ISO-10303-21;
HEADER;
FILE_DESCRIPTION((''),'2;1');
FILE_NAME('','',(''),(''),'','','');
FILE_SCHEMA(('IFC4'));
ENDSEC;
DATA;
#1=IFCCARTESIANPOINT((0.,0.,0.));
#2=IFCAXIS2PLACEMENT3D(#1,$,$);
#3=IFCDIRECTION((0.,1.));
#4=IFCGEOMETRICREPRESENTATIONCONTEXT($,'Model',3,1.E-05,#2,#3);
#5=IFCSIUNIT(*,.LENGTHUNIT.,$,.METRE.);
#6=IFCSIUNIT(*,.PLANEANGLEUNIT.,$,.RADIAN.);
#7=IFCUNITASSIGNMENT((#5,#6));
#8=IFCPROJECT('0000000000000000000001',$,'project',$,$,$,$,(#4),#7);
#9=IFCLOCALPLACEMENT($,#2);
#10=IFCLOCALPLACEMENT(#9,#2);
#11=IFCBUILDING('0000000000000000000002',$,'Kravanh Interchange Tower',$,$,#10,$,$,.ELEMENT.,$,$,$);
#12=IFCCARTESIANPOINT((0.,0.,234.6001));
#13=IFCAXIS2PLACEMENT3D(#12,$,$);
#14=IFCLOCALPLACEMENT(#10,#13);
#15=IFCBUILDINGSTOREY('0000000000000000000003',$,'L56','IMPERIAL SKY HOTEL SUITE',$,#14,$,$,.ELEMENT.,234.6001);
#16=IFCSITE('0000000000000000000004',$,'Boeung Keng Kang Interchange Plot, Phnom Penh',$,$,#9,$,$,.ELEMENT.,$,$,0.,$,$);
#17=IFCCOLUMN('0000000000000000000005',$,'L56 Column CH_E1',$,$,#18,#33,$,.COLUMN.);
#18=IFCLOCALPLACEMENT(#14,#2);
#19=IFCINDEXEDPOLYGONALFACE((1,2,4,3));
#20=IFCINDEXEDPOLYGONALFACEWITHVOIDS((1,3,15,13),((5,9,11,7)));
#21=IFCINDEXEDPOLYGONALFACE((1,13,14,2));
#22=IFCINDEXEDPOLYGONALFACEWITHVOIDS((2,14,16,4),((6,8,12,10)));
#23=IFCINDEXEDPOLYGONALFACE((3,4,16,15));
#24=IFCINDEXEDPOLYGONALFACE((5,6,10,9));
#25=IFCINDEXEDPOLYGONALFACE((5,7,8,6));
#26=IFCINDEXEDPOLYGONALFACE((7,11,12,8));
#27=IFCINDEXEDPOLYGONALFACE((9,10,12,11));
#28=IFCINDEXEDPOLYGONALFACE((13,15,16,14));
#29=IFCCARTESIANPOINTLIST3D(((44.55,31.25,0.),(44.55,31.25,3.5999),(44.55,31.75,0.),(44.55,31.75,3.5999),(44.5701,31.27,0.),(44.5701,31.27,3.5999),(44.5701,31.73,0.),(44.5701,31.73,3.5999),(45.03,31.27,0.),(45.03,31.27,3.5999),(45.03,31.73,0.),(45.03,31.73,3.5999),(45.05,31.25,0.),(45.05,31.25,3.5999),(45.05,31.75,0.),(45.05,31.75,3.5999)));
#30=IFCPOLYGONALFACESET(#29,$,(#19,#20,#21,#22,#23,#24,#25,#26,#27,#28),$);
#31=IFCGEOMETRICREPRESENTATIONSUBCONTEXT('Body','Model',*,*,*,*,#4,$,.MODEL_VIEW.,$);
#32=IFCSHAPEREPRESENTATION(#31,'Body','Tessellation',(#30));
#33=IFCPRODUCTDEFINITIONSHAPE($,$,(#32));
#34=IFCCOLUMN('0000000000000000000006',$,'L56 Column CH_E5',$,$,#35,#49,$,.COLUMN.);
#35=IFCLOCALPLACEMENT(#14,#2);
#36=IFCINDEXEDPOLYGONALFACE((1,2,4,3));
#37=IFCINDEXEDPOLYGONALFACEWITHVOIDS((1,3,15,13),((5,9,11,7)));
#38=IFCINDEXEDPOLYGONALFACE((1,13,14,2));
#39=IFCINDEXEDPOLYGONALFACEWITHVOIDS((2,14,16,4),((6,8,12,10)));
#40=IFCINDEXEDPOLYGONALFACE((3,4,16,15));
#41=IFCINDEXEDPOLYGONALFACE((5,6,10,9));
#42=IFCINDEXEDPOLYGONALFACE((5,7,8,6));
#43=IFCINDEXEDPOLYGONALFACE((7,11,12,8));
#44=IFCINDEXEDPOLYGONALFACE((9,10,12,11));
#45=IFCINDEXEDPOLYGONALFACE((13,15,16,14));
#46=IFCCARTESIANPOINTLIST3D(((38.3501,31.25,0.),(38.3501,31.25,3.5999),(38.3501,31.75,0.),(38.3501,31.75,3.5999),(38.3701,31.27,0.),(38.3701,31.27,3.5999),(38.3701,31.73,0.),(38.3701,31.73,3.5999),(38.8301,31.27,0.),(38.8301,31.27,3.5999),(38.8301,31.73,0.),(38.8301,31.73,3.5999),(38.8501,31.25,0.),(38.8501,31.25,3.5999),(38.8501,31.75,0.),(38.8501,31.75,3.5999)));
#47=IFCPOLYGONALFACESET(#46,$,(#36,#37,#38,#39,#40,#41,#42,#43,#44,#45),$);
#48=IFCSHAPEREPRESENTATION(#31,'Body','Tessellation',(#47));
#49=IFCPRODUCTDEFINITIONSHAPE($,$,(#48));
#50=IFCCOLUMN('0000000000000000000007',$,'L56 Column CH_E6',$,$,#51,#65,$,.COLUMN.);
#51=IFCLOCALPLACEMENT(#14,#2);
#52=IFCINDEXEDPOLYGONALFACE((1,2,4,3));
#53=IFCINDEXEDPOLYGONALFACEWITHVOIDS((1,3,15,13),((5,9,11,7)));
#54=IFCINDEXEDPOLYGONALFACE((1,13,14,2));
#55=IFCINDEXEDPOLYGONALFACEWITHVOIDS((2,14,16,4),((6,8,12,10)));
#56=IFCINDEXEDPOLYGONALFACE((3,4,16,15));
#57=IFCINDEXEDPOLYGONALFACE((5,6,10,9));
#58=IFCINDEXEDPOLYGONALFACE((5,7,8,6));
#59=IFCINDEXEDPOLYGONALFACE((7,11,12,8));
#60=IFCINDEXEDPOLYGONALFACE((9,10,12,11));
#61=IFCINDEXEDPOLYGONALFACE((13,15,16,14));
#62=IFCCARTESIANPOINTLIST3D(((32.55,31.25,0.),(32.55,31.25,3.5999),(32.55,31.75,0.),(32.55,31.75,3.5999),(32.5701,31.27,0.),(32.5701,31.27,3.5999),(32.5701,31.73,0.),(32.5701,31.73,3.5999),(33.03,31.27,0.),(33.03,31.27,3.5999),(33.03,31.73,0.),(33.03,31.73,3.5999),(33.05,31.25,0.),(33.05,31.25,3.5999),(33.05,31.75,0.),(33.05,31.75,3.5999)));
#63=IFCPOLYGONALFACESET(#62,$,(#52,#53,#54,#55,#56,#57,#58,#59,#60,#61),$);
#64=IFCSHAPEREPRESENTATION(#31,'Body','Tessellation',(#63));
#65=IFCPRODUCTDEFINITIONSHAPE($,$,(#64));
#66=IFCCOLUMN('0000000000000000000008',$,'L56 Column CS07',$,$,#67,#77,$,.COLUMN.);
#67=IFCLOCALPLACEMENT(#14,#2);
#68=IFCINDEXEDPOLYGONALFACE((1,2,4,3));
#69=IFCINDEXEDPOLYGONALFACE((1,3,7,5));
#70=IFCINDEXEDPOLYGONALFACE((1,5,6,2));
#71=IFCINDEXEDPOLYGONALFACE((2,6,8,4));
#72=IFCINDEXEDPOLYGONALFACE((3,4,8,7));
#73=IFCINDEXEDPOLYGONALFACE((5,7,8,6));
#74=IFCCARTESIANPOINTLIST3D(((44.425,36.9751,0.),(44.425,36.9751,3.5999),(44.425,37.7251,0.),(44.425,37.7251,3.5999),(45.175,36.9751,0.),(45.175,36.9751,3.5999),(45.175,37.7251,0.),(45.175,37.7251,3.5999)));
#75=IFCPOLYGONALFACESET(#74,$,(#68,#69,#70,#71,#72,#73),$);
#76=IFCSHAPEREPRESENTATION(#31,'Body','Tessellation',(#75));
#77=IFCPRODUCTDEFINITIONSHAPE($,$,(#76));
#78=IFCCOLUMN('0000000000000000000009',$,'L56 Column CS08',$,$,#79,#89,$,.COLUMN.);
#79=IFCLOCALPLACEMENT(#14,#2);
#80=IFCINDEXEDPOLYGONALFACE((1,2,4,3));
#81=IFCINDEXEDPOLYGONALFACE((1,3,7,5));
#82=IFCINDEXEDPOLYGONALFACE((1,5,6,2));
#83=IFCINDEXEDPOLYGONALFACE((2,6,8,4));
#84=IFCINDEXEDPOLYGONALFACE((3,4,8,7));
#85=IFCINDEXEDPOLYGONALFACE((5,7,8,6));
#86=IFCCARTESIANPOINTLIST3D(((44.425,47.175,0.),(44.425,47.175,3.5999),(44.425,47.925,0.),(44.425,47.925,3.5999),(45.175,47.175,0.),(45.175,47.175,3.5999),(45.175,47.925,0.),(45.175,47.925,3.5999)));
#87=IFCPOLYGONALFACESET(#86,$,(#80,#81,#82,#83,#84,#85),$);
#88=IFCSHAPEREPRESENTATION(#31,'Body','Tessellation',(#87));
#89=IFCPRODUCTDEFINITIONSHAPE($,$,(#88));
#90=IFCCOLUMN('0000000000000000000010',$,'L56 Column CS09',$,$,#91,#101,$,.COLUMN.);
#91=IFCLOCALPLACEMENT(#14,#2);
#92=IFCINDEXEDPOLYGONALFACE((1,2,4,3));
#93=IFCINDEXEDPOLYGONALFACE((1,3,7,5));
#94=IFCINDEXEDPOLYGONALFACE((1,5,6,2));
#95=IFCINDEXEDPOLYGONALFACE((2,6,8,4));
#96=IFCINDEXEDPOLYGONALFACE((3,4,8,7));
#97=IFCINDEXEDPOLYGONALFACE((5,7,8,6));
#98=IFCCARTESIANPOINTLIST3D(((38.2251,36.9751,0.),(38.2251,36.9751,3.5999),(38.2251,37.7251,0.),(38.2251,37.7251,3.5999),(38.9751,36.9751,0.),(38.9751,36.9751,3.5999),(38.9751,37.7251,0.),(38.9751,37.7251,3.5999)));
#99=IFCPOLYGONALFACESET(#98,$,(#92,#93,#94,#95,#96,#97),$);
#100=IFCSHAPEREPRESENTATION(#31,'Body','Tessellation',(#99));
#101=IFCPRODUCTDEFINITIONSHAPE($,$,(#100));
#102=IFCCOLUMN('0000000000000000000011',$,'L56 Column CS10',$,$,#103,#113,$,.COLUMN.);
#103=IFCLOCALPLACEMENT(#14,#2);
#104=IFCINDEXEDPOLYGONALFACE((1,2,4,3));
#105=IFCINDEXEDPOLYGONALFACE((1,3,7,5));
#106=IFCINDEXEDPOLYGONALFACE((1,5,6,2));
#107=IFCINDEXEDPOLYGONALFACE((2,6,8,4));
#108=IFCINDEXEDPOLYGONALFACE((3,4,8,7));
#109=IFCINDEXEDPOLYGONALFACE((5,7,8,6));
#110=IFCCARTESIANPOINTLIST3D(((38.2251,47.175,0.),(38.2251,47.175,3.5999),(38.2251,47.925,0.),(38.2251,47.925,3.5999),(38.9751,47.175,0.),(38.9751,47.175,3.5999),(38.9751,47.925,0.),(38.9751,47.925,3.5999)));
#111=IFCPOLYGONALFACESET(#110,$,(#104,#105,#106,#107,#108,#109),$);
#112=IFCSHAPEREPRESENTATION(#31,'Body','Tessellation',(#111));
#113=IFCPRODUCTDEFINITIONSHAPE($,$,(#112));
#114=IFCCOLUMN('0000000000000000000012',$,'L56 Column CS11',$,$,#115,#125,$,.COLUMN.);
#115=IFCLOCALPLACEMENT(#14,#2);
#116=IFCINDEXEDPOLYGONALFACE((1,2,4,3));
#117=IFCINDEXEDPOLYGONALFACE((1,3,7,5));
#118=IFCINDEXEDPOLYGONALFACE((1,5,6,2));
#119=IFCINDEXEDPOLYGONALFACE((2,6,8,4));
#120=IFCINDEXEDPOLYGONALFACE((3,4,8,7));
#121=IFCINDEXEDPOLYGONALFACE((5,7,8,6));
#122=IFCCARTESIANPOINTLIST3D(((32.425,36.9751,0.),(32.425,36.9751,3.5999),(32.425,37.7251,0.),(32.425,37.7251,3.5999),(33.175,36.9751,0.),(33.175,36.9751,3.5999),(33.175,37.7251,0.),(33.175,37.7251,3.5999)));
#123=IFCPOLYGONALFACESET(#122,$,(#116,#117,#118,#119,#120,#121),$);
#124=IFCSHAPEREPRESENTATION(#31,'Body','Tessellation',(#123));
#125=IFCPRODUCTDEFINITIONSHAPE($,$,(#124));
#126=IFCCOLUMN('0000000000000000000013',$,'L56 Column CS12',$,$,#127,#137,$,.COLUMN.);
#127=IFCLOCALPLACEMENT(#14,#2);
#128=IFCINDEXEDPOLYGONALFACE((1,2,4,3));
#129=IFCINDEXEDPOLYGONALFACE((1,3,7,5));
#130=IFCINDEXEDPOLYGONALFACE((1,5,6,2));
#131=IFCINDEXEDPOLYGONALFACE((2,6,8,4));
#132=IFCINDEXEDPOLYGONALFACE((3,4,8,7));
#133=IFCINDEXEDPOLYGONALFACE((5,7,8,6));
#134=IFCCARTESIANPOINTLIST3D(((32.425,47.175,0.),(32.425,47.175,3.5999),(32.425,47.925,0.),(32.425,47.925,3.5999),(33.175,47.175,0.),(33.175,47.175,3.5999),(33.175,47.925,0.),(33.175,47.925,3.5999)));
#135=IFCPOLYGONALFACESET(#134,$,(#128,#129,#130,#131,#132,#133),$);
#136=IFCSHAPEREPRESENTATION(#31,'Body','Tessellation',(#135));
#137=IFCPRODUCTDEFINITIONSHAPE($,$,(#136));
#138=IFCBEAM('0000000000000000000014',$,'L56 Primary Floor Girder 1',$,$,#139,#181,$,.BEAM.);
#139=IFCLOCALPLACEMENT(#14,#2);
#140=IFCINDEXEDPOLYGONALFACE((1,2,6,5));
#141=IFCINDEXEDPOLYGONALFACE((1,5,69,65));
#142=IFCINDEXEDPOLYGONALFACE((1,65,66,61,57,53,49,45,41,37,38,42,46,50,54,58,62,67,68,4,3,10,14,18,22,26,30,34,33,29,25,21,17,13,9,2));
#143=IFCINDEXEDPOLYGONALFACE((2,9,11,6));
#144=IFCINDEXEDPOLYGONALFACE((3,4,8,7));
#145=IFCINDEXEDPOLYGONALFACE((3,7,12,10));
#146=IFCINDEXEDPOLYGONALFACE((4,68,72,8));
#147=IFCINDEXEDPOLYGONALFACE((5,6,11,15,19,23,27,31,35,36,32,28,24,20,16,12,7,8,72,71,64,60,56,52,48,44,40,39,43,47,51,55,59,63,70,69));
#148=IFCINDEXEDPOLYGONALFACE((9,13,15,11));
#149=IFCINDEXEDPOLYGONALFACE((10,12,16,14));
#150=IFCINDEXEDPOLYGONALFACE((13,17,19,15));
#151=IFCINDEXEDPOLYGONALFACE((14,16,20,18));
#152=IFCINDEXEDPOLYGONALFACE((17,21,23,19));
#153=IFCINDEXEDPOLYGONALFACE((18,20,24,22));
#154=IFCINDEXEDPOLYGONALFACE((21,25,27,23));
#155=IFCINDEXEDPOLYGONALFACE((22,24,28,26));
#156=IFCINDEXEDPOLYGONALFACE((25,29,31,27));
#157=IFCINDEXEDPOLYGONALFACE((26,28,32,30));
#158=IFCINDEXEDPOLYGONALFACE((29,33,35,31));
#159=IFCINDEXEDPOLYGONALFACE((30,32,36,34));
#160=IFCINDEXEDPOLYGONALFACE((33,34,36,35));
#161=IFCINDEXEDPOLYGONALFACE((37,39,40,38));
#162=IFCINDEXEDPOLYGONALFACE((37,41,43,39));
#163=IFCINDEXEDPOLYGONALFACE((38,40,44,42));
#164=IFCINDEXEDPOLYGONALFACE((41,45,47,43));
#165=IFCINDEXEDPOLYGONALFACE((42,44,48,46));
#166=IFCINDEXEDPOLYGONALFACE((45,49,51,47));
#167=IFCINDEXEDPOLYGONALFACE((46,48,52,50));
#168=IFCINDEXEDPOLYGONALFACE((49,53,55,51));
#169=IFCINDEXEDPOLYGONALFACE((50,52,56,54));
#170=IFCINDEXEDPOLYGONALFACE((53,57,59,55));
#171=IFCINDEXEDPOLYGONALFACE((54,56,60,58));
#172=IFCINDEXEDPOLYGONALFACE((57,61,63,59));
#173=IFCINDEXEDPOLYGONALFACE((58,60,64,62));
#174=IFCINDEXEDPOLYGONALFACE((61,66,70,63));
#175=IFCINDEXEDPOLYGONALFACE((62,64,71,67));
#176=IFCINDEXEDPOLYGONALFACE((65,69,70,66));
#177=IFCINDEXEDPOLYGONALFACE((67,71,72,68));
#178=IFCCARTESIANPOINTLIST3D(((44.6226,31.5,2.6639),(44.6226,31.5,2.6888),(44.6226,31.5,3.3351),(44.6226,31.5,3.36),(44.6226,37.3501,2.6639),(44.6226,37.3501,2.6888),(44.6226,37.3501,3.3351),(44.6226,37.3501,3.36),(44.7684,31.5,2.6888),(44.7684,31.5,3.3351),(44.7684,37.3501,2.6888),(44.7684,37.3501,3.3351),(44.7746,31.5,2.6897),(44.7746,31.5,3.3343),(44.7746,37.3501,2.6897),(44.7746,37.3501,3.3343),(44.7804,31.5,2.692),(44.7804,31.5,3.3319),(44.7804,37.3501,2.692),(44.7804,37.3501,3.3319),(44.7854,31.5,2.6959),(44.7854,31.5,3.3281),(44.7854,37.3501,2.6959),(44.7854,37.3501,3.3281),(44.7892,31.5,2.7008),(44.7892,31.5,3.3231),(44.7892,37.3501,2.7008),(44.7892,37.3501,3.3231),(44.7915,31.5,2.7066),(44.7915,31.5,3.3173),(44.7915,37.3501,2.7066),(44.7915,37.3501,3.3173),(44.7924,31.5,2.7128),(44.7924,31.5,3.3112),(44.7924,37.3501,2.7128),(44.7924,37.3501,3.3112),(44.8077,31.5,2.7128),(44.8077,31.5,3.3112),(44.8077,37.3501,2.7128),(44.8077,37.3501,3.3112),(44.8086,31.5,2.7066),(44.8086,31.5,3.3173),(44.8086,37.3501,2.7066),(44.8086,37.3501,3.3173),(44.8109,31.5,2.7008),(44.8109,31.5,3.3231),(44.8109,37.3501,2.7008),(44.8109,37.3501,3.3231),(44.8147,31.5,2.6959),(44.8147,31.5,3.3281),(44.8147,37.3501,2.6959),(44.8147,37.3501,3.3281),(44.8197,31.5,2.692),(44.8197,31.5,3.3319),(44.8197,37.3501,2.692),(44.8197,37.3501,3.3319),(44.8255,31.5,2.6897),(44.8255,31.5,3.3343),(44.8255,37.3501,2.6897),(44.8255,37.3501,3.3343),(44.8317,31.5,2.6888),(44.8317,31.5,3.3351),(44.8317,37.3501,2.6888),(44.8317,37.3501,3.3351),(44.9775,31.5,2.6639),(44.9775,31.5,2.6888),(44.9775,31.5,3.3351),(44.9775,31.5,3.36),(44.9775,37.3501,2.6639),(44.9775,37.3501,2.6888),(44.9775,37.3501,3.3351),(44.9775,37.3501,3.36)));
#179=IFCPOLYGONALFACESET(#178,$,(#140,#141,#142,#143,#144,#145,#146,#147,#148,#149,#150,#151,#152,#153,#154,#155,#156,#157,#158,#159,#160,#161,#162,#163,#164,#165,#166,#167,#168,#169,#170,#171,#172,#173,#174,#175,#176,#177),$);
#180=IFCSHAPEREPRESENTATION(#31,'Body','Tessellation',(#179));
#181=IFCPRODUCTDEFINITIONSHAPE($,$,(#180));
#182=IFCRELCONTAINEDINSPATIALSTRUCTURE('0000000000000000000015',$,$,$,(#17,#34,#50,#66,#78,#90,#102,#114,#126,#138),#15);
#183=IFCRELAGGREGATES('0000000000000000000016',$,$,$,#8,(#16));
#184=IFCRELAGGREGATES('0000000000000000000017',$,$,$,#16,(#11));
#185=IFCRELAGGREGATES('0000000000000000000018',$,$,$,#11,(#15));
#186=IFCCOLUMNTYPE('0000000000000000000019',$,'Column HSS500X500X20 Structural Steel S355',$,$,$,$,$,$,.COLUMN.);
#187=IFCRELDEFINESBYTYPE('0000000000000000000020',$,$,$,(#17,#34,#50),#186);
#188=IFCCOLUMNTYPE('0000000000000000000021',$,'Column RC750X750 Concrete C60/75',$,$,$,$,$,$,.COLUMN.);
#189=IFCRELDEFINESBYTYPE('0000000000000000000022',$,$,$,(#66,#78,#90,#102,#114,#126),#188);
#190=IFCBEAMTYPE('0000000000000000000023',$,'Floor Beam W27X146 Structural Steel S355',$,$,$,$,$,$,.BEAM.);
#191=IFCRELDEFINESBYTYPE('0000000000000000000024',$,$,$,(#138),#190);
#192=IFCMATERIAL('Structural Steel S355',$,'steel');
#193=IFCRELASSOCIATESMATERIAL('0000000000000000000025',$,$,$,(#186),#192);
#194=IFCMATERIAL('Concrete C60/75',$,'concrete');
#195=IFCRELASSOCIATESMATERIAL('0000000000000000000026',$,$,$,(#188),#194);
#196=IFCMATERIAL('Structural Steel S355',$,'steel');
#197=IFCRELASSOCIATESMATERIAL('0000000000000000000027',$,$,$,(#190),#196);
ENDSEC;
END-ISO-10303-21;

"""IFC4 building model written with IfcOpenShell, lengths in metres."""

from ifc_helpers import new_model, si_unit, direction, frame, origin, origin_2d, place, context, subcontext, project, spatial, rectangle, hollow_rectangle, i_section, extrude, material, material_profile, profile_set, type_object, element, save


model = new_model("IFC4")

# Units and contexts
model_context = context("Model", 3, precision=1e-05, world=origin(), true_north=direction((0.0, 1.0)))
body_context = subcontext(model_context, "Body", "Model", "MODEL_VIEW")
ifc_project = project(units=[si_unit("LENGTHUNIT", "METRE"), si_unit("PLANEANGLEUNIT", "RADIAN")], contexts=[model_context])

# Site, building, storey
site_placement = place(None, origin())
site = spatial("IfcSite", under=ifc_project, at=site_placement, Name="Boeung Keng Kang Interchange Plot, Phnom Penh", CompositionType="ELEMENT", RefElevation=0.0)
building_placement = place(site_placement, origin())
building = spatial("IfcBuilding", under=site, at=building_placement, Name="Kravanh Interchange Tower", CompositionType="ELEMENT")
storey_placement = place(building_placement, frame((0.0, 0.0, 234.6001)))
storey = spatial("IfcBuildingStorey", under=building, at=storey_placement, Name="L56", Description="IMPERIAL SKY HOTEL SUITE", CompositionType="ELEMENT", Elevation=234.6001)

# Columns
ifc_material_1 = material(Name="Structural Steel S355", Category="steel")
ifc_material_profile_1 = material_profile(ifc_material_1, hollow_rectangle(XDim=0.5, YDim=0.5, WallThickness=0.02, at=origin_2d()), Name="HSS500X500X20")
ifc_profile_set_1 = profile_set([ifc_material_profile_1], Name="Structural Steel S355")
column_type_1 = type_object("IfcColumnType", Name="Column HSS500X500X20 Structural Steel S355", PredefinedType="COLUMN", material=ifc_profile_set_1)
for number, where, z_axis, x_axis, name in (
    (1, (44.8, 31.5, 0.0), (0.0, 0.0, 1.0), (1.0, 0.0, 0.0), "L56 Column CH_E1"),
    (2, (38.6001, 31.5, 0.0), (0.0, 0.0, 1.0), (1.0, 0.0, 0.0), "L56 Column CH_E5"),
    (3, (32.8, 31.5, 0.0), (0.0, 0.0, 1.0), (1.0, 0.0, 0.0), "L56 Column CH_E6"),
):
    element("IfcColumn", number, at=place(storey_placement, frame(where, z_axis=z_axis, x_axis=x_axis)), inside=storey, type_object=column_type_1, Name=name, PredefinedType="COLUMN", context=body_context, shape_type="SweptSolid", body=[
        extrude(hollow_rectangle(XDim=0.5, YDim=0.5, WallThickness=0.02, at=origin_2d()), origin(), (0.0, 0.0, 1.0), 3.5999),
    ])
ifc_material_2 = material(Name="Concrete C60/75", Category="concrete")
ifc_material_profile_2 = material_profile(ifc_material_2, rectangle(XDim=0.75, YDim=0.75, at=origin_2d()), Name="RC750X750")
ifc_profile_set_2 = profile_set([ifc_material_profile_2], Name="Concrete C60/75")
column_type_2 = type_object("IfcColumnType", Name="Column RC750X750 Concrete C60/75", PredefinedType="COLUMN", material=ifc_profile_set_2)
for number, where, z_axis, x_axis, name in (
    (4, (44.8, 37.3501, 0.0), (0.0, 0.0, 1.0), (1.0, 0.0, 0.0), "L56 Column CS07"),
    (5, (44.8, 47.55, 0.0), (0.0, 0.0, 1.0), (1.0, 0.0, 0.0), "L56 Column CS08"),
    (6, (38.6001, 37.3501, 0.0), (0.0, 0.0, 1.0), (1.0, 0.0, 0.0), "L56 Column CS09"),
    (7, (38.6001, 47.55, 0.0), (0.0, 0.0, 1.0), (1.0, 0.0, 0.0), "L56 Column CS10"),
    (8, (32.8, 37.3501, 0.0), (0.0, 0.0, 1.0), (1.0, 0.0, 0.0), "L56 Column CS11"),
    (9, (32.8, 47.55, 0.0), (0.0, 0.0, 1.0), (1.0, 0.0, 0.0), "L56 Column CS12"),
):
    element("IfcColumn", number, at=place(storey_placement, frame(where, z_axis=z_axis, x_axis=x_axis)), inside=storey, type_object=column_type_2, Name=name, PredefinedType="COLUMN", context=body_context, shape_type="SweptSolid", body=[
        extrude(rectangle(XDim=0.75, YDim=0.75, at=origin_2d()), origin(), (0.0, 0.0, 1.0), 3.5999),
    ])

# Beam
ifc_material_3 = material(Name="Structural Steel S355", Category="steel")
ifc_material_profile_3 = material_profile(ifc_material_3, i_section(OverallWidth=0.355, OverallDepth=0.696, WebThickness=0.0154, FlangeThickness=0.0249, FilletRadius=0.0239, at=origin_2d()), Name="W27X146")
ifc_profile_set_3 = profile_set([ifc_material_profile_3], Name="Structural Steel S355")
beam_type_1 = type_object("IfcBeamType", Name="Floor Beam W27X146 Structural Steel S355", PredefinedType="BEAM", material=ifc_profile_set_3)
beam_1_placement = place(storey_placement, frame((44.8, 31.5, 3.012), z_axis=(0.0, 1.0, 0.0), x_axis=(-1.0, 0.0, 0.0)))
element("IfcBeam", 10, at=beam_1_placement, inside=storey, type_object=beam_type_1, Name="L56 Primary Floor Girder 1", PredefinedType="BEAM", context=body_context, shape_type="SweptSolid", body=[
    extrude(i_section(OverallWidth=0.355, OverallDepth=0.696, WebThickness=0.0154, FlangeThickness=0.0249, FilletRadius=0.0239, at=origin_2d()), origin(), (0.0, 0.0, 1.0), 5.8501),
])

save(model, "model.ifc")
